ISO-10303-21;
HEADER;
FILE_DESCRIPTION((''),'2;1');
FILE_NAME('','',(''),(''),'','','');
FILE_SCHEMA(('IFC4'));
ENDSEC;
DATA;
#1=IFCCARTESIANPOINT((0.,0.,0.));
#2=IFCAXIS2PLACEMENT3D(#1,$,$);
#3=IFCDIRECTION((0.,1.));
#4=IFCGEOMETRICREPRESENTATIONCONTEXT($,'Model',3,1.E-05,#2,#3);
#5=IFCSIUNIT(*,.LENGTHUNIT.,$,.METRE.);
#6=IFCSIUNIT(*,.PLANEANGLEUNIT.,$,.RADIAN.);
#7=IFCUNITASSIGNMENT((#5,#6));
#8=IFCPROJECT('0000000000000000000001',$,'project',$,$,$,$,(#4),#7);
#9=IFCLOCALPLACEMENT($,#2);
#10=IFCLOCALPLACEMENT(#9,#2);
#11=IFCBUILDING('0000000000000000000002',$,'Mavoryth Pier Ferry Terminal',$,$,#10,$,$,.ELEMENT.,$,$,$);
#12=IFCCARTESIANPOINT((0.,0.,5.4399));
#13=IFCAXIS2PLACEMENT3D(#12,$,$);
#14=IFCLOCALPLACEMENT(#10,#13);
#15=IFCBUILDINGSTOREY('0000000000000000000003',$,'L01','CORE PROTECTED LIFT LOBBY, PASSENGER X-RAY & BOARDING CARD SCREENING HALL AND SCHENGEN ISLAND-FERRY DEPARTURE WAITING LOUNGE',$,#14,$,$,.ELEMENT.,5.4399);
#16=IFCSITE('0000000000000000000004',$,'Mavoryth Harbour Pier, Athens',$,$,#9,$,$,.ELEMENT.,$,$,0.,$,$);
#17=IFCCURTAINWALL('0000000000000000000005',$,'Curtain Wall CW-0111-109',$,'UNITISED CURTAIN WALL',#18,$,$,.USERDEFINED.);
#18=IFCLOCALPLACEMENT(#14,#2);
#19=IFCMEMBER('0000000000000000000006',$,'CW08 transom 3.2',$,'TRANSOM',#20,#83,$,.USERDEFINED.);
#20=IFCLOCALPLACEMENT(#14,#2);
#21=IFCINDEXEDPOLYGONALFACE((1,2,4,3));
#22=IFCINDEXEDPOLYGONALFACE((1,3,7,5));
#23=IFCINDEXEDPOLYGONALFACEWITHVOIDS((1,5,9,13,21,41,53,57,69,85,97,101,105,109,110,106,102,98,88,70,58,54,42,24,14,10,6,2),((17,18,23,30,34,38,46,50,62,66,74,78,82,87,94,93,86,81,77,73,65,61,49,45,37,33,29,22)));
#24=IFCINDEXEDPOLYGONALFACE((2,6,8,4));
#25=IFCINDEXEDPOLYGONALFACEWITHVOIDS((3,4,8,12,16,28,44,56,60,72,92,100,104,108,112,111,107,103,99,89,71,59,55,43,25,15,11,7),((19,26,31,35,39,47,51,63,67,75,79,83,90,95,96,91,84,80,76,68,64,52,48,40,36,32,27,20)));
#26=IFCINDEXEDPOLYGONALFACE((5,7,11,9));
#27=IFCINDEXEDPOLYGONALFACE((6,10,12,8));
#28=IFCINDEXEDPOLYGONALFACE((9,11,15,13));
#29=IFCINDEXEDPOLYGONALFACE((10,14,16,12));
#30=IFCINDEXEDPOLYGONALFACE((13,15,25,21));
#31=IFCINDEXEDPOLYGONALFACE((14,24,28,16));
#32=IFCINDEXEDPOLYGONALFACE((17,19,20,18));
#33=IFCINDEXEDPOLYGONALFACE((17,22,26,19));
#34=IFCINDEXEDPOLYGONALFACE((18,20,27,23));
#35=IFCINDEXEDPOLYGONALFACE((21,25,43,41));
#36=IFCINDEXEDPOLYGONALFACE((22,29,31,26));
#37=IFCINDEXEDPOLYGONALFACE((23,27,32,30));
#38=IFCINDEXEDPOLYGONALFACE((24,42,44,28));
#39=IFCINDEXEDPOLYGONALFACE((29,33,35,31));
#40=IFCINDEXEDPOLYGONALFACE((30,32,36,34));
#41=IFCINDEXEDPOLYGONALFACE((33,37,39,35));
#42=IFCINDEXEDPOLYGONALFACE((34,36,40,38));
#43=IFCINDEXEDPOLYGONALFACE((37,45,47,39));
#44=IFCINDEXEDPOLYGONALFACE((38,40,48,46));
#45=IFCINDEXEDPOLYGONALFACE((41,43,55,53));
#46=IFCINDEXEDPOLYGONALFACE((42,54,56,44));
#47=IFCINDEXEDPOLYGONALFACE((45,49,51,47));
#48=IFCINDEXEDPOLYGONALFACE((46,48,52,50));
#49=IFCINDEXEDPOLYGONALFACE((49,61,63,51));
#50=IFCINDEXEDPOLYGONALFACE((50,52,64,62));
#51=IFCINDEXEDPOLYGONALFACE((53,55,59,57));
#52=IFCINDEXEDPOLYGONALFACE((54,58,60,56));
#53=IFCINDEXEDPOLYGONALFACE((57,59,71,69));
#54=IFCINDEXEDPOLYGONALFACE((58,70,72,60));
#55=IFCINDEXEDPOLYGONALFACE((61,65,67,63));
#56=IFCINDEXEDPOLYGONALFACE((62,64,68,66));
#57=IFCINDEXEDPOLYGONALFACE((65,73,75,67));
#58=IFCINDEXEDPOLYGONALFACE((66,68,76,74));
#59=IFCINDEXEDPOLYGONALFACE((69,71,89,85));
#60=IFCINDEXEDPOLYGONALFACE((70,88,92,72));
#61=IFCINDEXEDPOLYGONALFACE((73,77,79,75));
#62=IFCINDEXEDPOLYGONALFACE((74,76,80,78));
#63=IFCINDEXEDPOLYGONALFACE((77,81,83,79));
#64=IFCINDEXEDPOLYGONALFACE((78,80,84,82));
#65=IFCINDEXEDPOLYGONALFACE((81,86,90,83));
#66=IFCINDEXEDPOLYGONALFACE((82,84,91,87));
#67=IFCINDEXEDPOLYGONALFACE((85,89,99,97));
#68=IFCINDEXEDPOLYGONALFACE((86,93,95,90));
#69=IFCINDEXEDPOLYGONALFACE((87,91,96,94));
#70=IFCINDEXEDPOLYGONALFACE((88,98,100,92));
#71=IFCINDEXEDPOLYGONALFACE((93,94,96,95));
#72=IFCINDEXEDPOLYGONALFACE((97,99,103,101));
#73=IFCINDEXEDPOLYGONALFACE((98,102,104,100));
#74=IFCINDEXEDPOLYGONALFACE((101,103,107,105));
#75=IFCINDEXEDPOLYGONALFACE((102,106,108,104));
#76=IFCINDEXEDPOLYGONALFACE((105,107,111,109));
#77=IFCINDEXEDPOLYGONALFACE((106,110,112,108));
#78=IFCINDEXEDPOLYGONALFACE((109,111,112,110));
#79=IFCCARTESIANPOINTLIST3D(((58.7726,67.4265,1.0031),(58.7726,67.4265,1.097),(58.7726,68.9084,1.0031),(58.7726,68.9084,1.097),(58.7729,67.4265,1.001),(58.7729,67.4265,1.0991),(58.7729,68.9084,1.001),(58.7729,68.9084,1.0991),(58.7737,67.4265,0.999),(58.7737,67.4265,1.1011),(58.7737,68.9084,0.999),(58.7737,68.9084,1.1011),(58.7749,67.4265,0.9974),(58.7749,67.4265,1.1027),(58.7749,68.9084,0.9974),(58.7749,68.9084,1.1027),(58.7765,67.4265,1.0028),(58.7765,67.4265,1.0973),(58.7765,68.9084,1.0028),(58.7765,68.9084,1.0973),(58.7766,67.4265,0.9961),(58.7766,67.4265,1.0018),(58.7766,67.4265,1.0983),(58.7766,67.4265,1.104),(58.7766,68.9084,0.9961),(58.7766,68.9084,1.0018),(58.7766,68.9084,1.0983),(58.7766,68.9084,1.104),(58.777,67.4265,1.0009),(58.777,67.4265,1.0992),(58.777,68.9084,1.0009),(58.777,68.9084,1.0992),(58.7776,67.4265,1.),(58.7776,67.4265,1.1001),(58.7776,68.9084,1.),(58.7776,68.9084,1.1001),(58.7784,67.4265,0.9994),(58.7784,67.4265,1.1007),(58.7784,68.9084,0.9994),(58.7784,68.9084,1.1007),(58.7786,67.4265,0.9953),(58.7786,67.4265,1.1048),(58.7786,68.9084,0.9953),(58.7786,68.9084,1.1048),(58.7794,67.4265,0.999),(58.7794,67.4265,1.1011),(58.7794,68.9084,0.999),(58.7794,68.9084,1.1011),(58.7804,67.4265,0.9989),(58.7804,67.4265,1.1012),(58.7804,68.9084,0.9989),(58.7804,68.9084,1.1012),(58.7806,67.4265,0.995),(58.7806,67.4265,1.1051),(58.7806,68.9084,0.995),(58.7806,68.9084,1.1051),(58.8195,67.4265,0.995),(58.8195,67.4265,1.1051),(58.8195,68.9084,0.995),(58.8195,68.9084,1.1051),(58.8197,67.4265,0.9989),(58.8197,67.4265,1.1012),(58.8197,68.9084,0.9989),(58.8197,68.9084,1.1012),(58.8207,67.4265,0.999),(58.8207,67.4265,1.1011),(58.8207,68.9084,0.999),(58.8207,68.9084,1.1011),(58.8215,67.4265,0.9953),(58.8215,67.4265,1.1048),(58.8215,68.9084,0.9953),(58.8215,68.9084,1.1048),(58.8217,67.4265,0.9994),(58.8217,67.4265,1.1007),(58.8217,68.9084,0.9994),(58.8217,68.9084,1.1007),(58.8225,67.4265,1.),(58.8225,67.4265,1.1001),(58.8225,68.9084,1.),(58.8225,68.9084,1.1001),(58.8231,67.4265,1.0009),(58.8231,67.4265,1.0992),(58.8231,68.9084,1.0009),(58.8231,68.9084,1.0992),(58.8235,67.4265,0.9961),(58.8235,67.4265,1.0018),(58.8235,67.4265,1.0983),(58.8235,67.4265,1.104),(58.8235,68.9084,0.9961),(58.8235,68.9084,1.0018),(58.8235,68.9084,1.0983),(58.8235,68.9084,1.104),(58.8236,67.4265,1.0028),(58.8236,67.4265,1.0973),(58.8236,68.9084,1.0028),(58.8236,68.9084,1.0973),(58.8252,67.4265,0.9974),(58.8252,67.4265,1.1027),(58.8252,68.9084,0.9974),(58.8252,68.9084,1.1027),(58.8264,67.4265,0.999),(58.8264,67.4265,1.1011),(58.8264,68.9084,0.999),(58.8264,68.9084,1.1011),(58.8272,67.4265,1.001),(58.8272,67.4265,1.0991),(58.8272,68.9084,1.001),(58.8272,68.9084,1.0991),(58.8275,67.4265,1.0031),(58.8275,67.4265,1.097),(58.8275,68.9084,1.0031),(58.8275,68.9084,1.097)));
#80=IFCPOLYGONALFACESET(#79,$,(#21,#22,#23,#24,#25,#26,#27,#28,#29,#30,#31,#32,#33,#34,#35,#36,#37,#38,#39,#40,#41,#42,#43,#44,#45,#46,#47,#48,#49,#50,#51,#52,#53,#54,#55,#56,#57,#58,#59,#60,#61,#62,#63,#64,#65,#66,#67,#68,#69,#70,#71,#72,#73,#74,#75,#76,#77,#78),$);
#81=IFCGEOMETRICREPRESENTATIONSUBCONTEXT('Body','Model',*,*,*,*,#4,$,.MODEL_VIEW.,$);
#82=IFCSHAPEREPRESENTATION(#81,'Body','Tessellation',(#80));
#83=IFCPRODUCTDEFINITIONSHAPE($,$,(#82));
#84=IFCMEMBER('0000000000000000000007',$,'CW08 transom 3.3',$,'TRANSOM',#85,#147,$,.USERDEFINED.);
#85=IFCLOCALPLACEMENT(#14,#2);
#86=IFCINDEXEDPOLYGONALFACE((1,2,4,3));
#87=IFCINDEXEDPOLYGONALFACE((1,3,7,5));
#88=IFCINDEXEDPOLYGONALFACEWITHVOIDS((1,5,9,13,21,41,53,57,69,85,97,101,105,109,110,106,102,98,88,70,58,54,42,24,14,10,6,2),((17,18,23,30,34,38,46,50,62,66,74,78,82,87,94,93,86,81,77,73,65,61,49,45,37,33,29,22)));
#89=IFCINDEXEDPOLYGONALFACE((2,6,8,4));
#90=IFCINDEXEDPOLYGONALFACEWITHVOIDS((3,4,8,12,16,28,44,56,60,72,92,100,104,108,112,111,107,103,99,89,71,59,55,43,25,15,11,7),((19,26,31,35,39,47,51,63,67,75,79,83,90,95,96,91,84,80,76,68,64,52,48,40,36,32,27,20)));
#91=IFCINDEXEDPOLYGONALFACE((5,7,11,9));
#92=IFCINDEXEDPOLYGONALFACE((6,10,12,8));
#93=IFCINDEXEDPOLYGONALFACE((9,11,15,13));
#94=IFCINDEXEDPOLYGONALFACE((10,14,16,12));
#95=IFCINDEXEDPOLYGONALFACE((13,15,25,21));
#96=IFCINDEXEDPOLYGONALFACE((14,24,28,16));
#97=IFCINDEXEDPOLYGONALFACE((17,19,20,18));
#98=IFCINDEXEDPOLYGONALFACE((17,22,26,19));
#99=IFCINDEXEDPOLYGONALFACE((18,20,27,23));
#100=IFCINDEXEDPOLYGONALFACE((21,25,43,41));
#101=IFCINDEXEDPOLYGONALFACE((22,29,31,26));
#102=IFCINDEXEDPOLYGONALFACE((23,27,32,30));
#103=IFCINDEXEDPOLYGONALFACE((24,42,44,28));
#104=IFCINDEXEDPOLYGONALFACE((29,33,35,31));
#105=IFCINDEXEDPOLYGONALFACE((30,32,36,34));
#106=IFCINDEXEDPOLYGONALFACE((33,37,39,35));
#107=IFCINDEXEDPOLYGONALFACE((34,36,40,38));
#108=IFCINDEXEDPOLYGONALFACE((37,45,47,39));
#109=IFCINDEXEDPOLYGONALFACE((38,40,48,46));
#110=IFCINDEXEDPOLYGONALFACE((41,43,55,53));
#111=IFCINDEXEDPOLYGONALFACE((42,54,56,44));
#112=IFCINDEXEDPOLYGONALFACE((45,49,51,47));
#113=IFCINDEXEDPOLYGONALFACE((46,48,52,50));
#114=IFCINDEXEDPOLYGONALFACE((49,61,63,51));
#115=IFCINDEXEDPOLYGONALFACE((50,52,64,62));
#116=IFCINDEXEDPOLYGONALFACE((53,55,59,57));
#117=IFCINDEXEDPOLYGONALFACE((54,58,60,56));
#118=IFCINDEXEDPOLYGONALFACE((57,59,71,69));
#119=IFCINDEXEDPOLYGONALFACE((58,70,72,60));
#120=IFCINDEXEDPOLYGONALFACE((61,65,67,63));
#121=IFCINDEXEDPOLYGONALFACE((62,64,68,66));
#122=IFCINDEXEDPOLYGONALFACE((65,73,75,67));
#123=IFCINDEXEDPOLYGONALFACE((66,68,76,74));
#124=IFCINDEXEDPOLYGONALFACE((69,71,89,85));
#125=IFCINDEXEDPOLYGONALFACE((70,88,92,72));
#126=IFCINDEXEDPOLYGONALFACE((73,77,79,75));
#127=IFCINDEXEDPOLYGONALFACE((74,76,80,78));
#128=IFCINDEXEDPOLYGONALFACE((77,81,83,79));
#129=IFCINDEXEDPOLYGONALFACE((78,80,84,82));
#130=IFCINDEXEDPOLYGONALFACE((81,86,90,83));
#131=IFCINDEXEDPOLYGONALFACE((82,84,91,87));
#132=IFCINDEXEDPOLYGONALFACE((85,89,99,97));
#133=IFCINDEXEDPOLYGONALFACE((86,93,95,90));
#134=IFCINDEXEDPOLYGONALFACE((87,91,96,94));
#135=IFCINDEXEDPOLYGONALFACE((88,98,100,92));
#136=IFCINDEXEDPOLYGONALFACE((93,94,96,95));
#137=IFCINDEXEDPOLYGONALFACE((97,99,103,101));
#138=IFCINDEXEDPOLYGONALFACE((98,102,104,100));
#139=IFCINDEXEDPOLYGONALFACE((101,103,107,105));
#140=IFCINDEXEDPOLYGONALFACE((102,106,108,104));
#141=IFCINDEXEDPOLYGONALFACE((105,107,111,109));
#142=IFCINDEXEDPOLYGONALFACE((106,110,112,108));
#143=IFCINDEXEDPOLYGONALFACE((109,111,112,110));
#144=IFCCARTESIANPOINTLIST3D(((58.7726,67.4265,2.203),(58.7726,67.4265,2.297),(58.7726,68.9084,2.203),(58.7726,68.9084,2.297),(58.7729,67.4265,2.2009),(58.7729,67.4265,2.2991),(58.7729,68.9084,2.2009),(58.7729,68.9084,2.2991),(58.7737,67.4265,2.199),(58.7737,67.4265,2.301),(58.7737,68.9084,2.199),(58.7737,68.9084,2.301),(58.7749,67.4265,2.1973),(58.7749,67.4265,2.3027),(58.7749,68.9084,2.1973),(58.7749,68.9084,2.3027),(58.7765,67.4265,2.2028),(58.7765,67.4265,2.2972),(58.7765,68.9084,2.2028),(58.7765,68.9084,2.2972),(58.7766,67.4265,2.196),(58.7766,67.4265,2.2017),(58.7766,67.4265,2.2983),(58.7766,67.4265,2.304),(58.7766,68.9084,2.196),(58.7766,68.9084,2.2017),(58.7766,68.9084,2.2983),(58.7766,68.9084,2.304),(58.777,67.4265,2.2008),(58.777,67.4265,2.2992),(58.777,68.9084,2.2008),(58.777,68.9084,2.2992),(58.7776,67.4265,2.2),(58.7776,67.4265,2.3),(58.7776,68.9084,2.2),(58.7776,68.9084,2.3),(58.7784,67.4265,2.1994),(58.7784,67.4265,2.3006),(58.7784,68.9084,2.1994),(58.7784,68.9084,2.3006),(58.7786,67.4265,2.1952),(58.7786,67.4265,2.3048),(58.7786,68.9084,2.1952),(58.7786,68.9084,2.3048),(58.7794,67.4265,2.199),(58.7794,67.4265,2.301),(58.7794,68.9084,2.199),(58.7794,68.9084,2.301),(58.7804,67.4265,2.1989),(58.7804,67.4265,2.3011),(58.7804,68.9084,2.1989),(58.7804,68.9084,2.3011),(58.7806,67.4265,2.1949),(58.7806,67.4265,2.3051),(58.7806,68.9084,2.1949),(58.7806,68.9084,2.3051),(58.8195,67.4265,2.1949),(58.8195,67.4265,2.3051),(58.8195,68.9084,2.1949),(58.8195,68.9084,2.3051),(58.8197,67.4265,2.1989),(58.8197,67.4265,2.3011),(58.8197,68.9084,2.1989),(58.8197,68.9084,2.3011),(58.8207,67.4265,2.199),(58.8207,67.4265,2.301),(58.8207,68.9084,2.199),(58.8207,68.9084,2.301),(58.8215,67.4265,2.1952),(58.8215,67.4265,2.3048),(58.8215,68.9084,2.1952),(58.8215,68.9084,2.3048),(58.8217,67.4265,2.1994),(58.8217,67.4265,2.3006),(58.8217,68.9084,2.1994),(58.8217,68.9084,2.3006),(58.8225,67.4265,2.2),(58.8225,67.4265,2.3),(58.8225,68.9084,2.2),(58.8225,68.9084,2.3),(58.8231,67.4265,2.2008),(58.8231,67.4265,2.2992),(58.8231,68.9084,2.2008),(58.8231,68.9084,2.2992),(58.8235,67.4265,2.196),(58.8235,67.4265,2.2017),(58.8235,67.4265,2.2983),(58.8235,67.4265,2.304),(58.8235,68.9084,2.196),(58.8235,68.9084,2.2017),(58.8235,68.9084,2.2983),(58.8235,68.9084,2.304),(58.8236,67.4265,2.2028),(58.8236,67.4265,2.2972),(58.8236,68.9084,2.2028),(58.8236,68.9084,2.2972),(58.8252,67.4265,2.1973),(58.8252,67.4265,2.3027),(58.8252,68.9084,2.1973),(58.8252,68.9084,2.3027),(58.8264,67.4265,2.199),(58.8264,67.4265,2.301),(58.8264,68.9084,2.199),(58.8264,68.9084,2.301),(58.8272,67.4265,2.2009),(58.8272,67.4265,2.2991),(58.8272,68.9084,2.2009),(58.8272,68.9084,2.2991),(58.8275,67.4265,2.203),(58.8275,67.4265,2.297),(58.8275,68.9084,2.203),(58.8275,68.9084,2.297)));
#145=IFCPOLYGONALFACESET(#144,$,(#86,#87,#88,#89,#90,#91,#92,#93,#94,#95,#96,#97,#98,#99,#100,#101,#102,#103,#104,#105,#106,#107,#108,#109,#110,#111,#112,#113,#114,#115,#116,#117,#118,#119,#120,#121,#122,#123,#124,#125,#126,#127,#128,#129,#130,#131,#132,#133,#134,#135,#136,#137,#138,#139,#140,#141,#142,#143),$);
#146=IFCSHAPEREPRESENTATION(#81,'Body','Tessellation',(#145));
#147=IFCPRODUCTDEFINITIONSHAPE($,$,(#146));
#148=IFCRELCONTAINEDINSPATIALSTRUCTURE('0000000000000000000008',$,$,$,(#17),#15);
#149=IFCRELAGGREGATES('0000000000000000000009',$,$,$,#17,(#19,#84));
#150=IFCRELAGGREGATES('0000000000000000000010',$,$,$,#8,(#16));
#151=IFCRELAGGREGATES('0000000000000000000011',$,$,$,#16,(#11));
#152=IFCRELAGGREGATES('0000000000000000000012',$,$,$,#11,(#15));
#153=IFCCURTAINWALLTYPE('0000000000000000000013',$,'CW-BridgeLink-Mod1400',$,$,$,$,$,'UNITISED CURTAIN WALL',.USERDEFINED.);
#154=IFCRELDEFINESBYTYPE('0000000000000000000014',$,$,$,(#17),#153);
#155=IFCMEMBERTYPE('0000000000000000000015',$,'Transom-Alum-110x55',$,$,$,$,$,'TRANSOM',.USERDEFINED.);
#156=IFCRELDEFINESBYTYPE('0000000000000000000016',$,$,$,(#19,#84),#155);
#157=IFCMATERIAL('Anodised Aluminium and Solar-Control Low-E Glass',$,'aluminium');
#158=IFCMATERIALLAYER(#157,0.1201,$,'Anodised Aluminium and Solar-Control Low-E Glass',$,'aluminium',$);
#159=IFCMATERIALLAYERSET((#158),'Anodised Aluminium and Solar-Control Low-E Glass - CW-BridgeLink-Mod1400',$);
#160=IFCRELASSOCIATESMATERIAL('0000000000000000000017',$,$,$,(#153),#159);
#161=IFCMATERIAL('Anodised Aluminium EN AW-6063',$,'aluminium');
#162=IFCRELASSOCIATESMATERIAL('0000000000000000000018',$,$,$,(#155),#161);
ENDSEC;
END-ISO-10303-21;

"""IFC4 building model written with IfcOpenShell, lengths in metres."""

from ifc_helpers import new_model, si_unit, direction, frame, origin, origin_2d, place, context, subcontext, project, spatial, hollow_rectangle, extrude, material, layer, layer_set, material_profile, profile_set, type_object, element, aggregate, save


model = new_model("IFC4")

# Units and contexts
model_context = context("Model", 3, precision=1e-05, world=origin(), true_north=direction((0.0, 1.0)))
body_context = subcontext(model_context, "Body", "Model", "MODEL_VIEW")
ifc_project = project(units=[si_unit("LENGTHUNIT", "METRE"), si_unit("PLANEANGLEUNIT", "RADIAN")], contexts=[model_context])

# Site, building, storey
site_placement = place(None, origin())
site = spatial("IfcSite", under=ifc_project, at=site_placement, Name="Mavoryth Harbour Pier, Athens", CompositionType="ELEMENT", RefElevation=0.0)
building_placement = place(site_placement, origin())
building = spatial("IfcBuilding", under=site, at=building_placement, Name="Mavoryth Pier Ferry Terminal", CompositionType="ELEMENT")
storey_placement = place(building_placement, frame((0.0, 0.0, 5.4399)))
storey = spatial("IfcBuildingStorey", under=building, at=storey_placement, Name="L01", Description="CORE PROTECTED LIFT LOBBY, PASSENGER X-RAY & BOARDING CARD SCREENING HALL AND SCHENGEN ISLAND-FERRY DEPARTURE WAITING LOUNGE", CompositionType="ELEMENT", Elevation=5.4399)

# Shared definitions
ifc_material_1 = material(Name="Anodised Aluminium and Solar-Control Low-E Glass", Category="aluminium")
ifc_layer_1 = layer(ifc_material_1, 0.1201, Name="Anodised Aluminium and Solar-Control Low-E Glass", Category="aluminium")
ifc_layer_set_1 = layer_set([ifc_layer_1], Name="Anodised Aluminium and Solar-Control Low-E Glass - CW-BridgeLink-Mod1400")
curtain_wall_type = type_object("IfcCurtainWallType", Name="CW-BridgeLink-Mod1400", ElementType="UNITISED CURTAIN WALL", PredefinedType="USERDEFINED", material=ifc_layer_set_1)
ifc_material_2 = material(Name="Anodised Aluminium EN AW-6063", Category="aluminium")

# Curtain wall
curtain_wall_1_placement = place(storey_placement, origin())
curtain_wall_1 = element("IfcCurtainWall", 1, at=curtain_wall_1_placement, inside=storey, type_object=curtain_wall_type, Name="Curtain Wall CW-0111-109", ObjectType="UNITISED CURTAIN WALL", PredefinedType="USERDEFINED")

# Members
ifc_material_profile_1 = material_profile(ifc_material_2, hollow_rectangle(XDim=0.0549, YDim=0.1101, WallThickness=0.0039, InnerFilletRadius=0.0039, OuterFilletRadius=0.0081, at=origin_2d()), Name="AL-TRAN 110x55x4", Category="aluminium")
ifc_profile_set_1 = profile_set([ifc_material_profile_1], Name="Anodised Aluminium EN AW-6063 - AL-TRAN 110x55x4")
member_type_1 = type_object("IfcMemberType", Name="Transom-Alum-110x55", ElementType="TRANSOM", PredefinedType="USERDEFINED", material=ifc_profile_set_1)
member_1_placement = place(storey_placement, frame((58.8, 67.4265, 1.05), z_axis=(0.0, 1.0, 0.0), x_axis=(-1.0, 0.0, 0.0)))
member_1 = element("IfcMember", 2, at=member_1_placement, type_object=member_type_1, Name="CW08 transom 3.2", ObjectType="TRANSOM", PredefinedType="USERDEFINED", context=body_context, shape_type="SweptSolid", body=[
    extrude(hollow_rectangle(XDim=0.0549, YDim=0.1101, WallThickness=0.0039, InnerFilletRadius=0.0039, OuterFilletRadius=0.0081, at=origin_2d()), origin(), (0.0, 0.0, 1.0), 1.4819),
])
member_2_placement = place(storey_placement, frame((58.8, 67.4265, 2.25), z_axis=(0.0, 1.0, 0.0), x_axis=(-1.0, 0.0, 0.0)))
member_2 = element("IfcMember", 3, at=member_2_placement, type_object=member_type_1, Name="CW08 transom 3.3", ObjectType="TRANSOM", PredefinedType="USERDEFINED", context=body_context, shape_type="SweptSolid", body=[
    extrude(hollow_rectangle(XDim=0.0549, YDim=0.1101, WallThickness=0.0039, InnerFilletRadius=0.0039, OuterFilletRadius=0.0081, at=origin_2d()), origin(), (0.0, 0.0, 1.0), 1.4819),
])

aggregate(curtain_wall_1, [member_1, member_2])

save(model, "model.ifc")
